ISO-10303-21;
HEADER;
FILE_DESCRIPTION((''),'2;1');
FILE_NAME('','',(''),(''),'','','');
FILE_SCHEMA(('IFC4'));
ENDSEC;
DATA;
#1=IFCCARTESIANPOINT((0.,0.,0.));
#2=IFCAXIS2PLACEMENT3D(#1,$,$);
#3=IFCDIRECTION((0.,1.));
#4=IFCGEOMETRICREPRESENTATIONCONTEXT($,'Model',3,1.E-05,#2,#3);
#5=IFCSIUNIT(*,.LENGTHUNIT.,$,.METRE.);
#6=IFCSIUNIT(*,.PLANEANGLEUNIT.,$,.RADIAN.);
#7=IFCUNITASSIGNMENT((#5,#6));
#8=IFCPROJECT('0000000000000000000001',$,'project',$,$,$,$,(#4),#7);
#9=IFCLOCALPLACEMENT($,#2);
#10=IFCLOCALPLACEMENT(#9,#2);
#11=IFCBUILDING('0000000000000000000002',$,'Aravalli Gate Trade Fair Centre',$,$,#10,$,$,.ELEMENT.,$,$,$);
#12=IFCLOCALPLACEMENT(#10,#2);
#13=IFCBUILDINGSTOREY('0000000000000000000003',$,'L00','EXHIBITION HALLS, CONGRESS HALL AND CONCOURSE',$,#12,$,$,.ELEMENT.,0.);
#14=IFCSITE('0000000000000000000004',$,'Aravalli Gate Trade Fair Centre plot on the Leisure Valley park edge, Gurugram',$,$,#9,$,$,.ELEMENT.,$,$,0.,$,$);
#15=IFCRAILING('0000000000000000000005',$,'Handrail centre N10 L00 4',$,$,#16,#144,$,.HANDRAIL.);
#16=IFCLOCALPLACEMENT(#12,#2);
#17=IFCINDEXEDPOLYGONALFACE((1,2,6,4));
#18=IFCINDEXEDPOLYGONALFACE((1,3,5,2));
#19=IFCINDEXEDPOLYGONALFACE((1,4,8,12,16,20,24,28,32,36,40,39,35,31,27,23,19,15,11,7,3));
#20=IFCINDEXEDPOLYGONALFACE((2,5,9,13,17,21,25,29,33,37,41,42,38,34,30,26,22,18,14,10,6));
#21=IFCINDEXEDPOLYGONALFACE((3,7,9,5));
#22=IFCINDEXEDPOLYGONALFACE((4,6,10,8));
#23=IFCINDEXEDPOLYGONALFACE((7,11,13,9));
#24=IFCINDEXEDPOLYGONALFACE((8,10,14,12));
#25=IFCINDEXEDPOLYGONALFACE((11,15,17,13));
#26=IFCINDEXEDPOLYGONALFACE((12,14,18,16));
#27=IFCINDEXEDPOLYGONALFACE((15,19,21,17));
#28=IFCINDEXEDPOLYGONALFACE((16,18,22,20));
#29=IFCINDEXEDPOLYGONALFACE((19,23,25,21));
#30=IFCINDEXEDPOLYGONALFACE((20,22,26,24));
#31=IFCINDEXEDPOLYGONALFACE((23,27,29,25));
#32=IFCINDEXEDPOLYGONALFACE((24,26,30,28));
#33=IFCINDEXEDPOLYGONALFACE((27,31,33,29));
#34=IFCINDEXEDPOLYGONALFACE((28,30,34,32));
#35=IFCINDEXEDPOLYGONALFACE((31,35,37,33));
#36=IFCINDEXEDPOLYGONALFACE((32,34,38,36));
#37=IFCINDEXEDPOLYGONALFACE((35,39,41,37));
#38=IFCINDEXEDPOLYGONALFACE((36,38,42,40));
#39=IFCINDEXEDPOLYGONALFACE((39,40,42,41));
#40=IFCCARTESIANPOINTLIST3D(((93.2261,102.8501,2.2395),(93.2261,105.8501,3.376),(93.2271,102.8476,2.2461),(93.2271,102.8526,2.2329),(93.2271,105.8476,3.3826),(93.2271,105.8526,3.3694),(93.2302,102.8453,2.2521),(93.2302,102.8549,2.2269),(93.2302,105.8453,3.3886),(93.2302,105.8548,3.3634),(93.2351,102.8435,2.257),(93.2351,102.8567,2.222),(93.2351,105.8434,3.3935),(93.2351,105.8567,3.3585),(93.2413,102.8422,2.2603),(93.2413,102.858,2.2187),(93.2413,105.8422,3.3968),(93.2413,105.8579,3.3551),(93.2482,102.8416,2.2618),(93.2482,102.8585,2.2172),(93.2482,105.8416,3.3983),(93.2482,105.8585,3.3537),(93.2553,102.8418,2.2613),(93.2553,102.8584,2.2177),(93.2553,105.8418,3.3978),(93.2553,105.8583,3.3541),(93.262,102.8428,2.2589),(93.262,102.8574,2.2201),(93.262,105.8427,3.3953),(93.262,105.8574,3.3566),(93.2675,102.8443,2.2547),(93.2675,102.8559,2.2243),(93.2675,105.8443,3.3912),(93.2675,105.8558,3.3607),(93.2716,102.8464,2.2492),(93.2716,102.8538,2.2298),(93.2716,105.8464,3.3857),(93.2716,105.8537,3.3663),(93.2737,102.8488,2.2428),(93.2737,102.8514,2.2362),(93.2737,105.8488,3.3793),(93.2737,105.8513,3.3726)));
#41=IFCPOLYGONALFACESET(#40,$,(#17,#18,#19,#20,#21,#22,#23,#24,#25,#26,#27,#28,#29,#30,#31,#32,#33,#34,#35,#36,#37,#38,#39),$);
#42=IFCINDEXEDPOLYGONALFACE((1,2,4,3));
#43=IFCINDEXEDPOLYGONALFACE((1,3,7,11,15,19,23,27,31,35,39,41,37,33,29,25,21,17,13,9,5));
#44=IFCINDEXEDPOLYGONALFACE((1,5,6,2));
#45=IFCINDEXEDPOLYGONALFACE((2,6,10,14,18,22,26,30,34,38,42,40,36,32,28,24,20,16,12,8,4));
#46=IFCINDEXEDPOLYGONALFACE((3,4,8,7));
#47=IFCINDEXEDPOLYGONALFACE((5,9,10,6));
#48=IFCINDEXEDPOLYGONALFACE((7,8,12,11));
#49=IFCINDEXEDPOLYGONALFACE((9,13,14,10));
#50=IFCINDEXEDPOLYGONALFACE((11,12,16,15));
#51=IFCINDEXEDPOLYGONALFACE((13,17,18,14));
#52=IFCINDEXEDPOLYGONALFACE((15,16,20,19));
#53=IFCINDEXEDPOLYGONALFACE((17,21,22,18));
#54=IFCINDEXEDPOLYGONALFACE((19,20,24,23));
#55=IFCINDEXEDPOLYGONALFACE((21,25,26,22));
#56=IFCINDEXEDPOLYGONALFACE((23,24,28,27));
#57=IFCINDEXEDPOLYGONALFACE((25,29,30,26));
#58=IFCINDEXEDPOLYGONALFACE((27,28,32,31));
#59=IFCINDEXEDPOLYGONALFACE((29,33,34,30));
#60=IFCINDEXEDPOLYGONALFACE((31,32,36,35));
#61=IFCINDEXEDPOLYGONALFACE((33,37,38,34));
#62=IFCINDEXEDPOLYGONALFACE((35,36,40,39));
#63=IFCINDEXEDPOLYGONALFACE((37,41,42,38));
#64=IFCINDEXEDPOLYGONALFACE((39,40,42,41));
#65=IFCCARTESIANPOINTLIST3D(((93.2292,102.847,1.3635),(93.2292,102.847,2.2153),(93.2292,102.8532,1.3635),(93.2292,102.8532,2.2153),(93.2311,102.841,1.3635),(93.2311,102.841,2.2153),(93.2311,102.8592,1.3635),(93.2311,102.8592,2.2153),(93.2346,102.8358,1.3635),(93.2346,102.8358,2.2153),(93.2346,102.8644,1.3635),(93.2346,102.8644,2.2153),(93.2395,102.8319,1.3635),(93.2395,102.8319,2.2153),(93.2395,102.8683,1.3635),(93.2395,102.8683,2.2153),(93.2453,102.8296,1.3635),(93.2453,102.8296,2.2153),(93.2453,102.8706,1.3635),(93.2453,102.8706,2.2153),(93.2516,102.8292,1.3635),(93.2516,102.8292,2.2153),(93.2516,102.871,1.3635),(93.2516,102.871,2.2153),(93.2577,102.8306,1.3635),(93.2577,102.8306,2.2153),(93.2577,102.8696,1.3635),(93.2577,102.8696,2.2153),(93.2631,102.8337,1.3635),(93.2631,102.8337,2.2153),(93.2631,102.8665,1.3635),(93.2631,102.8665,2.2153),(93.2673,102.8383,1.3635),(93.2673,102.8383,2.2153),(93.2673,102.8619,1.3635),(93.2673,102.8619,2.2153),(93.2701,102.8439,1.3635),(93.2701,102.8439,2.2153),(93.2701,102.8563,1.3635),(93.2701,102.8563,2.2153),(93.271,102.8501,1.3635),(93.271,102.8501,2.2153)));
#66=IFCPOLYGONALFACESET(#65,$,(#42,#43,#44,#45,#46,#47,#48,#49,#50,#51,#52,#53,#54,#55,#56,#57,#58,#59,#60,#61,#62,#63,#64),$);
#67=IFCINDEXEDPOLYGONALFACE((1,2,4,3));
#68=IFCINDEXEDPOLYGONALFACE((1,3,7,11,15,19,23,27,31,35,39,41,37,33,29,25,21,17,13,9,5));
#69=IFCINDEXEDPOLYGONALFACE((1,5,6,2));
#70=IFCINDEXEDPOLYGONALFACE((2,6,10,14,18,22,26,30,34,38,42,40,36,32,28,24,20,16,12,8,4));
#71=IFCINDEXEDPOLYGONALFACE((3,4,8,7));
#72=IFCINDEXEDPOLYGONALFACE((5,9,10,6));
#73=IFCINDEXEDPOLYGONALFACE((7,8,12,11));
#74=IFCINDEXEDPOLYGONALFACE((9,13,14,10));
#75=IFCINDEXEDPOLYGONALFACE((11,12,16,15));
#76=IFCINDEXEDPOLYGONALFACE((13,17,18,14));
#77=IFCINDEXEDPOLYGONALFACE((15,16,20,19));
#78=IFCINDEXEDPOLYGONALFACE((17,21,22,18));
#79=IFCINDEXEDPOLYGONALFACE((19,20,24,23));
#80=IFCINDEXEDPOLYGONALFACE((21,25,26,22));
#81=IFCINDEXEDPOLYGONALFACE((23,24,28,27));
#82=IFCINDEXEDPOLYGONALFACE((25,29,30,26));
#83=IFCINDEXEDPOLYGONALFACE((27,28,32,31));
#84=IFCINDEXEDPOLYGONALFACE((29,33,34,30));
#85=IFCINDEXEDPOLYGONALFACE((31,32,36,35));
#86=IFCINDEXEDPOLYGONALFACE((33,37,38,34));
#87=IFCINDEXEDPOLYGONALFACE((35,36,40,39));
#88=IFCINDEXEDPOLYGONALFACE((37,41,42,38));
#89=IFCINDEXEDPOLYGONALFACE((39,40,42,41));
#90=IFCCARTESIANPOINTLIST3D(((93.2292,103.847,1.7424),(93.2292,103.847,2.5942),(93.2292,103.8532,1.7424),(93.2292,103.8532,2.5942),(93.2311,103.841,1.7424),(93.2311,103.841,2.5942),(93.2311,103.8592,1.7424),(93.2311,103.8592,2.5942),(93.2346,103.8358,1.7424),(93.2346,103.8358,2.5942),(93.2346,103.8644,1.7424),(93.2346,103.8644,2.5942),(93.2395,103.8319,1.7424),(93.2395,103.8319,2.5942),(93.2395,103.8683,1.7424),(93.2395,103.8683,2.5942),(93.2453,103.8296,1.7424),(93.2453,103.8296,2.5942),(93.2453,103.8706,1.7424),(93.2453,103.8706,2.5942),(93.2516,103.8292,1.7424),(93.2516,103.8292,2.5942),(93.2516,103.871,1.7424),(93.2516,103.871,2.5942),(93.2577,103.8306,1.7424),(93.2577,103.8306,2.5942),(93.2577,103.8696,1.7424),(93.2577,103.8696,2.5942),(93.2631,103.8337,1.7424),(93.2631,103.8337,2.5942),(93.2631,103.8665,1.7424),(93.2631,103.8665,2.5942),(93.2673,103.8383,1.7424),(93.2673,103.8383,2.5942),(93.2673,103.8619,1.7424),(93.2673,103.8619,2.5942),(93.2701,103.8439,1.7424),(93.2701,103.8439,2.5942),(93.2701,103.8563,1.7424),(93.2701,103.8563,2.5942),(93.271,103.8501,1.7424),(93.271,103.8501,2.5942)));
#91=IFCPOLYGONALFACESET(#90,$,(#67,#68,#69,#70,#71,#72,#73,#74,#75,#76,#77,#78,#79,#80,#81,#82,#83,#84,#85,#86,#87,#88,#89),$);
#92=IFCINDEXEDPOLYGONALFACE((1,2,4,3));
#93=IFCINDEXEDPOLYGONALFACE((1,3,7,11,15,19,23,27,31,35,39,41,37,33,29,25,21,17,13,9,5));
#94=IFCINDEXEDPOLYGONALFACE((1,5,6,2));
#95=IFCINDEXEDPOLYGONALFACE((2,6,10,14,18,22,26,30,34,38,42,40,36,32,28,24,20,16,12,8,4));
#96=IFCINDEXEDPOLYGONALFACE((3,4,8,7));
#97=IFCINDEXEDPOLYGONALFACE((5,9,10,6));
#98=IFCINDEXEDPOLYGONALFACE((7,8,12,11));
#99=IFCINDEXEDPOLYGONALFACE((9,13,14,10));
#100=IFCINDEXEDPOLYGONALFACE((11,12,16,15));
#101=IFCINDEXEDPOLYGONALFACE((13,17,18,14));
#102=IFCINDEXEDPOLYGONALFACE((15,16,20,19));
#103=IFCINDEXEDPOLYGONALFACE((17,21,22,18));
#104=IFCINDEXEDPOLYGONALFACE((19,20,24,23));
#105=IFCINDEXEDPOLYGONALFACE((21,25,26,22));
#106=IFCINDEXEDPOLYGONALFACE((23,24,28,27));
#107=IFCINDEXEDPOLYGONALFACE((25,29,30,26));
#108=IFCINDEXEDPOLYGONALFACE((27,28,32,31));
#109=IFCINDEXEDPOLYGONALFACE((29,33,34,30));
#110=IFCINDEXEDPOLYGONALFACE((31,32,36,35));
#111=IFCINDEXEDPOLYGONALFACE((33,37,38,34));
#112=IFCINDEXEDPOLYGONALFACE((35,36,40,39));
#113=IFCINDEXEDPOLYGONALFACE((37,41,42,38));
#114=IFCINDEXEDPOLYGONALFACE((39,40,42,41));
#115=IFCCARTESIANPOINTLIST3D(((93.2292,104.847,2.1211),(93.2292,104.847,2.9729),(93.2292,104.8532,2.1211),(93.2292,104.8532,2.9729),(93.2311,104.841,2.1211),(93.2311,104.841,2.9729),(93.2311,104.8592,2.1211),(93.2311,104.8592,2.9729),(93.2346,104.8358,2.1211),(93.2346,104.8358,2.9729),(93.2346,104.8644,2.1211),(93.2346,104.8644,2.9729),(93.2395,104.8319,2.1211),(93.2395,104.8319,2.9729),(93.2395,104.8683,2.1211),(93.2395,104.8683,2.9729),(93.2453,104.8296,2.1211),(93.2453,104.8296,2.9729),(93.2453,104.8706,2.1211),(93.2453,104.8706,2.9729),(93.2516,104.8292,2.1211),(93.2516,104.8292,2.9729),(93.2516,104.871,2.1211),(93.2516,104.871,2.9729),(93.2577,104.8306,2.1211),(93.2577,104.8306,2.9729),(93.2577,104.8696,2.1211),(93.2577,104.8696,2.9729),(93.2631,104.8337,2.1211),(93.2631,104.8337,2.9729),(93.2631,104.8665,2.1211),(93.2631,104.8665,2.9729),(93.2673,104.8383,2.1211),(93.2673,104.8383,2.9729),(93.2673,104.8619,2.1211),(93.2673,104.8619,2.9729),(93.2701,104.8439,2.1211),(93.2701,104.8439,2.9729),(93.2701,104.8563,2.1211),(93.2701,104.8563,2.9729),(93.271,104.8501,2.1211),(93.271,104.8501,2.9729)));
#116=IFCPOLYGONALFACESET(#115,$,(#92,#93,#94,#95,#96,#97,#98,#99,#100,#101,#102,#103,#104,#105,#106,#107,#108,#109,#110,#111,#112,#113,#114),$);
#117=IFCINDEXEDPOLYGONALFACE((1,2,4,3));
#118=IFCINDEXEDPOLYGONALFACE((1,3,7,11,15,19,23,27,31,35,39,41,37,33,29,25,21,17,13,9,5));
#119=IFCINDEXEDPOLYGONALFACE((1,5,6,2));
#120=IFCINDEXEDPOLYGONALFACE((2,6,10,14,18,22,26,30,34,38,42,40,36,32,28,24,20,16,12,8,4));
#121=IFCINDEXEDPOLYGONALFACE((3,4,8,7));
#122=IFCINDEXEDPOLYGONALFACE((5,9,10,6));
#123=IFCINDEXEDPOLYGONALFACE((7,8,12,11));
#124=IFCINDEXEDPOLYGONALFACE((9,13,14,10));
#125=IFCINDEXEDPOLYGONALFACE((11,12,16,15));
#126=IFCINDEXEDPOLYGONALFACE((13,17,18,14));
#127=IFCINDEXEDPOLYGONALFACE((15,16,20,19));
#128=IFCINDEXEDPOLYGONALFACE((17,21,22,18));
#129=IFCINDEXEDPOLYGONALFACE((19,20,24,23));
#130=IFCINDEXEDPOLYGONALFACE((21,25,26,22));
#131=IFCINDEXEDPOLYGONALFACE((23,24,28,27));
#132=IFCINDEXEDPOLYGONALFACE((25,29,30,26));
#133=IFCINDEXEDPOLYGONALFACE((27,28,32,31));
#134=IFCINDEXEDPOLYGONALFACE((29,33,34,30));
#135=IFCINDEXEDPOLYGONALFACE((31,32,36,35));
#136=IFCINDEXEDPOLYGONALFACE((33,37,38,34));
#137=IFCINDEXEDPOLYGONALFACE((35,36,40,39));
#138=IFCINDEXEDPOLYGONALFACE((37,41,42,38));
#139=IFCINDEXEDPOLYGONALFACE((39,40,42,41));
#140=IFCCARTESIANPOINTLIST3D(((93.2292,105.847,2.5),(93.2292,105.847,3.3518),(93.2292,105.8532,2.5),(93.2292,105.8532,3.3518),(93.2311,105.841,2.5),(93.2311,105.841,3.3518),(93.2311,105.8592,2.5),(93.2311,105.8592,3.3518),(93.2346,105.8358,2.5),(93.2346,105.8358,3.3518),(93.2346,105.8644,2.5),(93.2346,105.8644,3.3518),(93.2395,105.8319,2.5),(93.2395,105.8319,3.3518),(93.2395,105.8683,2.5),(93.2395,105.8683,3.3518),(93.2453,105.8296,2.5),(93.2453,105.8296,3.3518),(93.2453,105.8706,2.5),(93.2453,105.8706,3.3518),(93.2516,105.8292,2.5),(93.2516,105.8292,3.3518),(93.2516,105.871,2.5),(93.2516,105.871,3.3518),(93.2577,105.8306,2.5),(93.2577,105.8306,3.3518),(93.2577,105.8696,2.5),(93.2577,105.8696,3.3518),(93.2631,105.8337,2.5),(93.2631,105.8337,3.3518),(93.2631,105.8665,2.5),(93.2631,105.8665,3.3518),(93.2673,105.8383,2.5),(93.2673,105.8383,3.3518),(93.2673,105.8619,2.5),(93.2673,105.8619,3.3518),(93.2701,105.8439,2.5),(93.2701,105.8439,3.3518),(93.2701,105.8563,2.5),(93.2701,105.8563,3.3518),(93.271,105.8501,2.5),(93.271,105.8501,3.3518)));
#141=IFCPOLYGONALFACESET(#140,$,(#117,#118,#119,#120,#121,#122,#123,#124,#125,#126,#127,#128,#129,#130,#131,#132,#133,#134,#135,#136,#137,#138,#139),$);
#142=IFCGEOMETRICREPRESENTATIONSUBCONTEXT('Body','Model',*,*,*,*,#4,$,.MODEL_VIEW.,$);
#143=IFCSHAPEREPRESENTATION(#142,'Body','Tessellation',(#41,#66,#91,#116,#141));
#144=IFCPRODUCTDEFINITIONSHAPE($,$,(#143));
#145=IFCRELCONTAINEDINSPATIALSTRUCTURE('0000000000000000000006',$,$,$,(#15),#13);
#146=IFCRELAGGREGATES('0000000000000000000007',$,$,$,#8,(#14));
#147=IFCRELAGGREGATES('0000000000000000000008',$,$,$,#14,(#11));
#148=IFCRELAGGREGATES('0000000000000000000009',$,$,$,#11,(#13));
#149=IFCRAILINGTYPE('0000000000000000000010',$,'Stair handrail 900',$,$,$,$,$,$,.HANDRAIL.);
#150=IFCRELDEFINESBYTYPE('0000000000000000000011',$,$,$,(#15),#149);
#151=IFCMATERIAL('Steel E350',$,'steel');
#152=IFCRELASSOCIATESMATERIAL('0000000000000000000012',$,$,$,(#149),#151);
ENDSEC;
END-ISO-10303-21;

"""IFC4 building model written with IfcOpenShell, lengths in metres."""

from ifc_helpers import new_model, si_unit, direction, frame, origin, origin_2d, place, context, subcontext, project, spatial, circle, extrude, material, type_object, element, save


model = new_model("IFC4")

# Units and contexts
model_context = context("Model", 3, precision=1e-05, world=origin(), true_north=direction((0.0, 1.0)))
body_context = subcontext(model_context, "Body", "Model", "MODEL_VIEW")
ifc_project = project(units=[si_unit("LENGTHUNIT", "METRE"), si_unit("PLANEANGLEUNIT", "RADIAN")], contexts=[model_context])

# Site, building, storey
site_placement = place(None, origin())
site = spatial("IfcSite", under=ifc_project, at=site_placement, Name="Aravalli Gate Trade Fair Centre plot on the Leisure Valley park edge, Gurugram", CompositionType="ELEMENT", RefElevation=0.0)
building_placement = place(site_placement, origin())
building = spatial("IfcBuilding", under=site, at=building_placement, Name="Aravalli Gate Trade Fair Centre", CompositionType="ELEMENT")
storey_placement = place(building_placement, origin())
storey = spatial("IfcBuildingStorey", under=building, at=storey_placement, Name="L00", Description="EXHIBITION HALLS, CONGRESS HALL AND CONCOURSE", CompositionType="ELEMENT", Elevation=0.0)

# Railing
ifc_material_1 = material(Name="Steel E350", Category="steel")
railing_type = type_object("IfcRailingType", Name="Stair handrail 900", PredefinedType="HANDRAIL", material=ifc_material_1)
for number, where, name in (
    (1, (93.25, 102.8501, 1.3635), "Handrail centre N10 L00 4"),
):
    element("IfcRailing", number, at=place(storey_placement, frame(where)), inside=storey, type_object=railing_type, Name=name, PredefinedType="HANDRAIL", context=body_context, shape_type="SweptSolid", body=[
        extrude(circle(Radius=0.0239, at=origin_2d()), frame((0.0, 0.0, 0.876), z_axis=(0.0, 0.935148, 0.354257), x_axis=(-1.0, 0.0, 0.0)), (0.0, 0.0, 1.0), 3.208),
        extrude(circle(Radius=0.021, at=origin_2d()), origin(), (0.0, 0.0, 1.0), 0.8518),
        extrude(circle(Radius=0.021, at=origin_2d()), frame((0.0, 1.0, 0.3789)), (0.0, 0.0, 1.0), 0.8518),
        extrude(circle(Radius=0.021, at=origin_2d()), frame((0.0, 2.0, 0.7576)), (0.0, 0.0, 1.0), 0.8518),
        extrude(circle(Radius=0.021, at=origin_2d()), frame((0.0, 3.0, 1.1365)), (0.0, 0.0, 1.0), 0.8518),
    ])

save(model, "model.ifc")
